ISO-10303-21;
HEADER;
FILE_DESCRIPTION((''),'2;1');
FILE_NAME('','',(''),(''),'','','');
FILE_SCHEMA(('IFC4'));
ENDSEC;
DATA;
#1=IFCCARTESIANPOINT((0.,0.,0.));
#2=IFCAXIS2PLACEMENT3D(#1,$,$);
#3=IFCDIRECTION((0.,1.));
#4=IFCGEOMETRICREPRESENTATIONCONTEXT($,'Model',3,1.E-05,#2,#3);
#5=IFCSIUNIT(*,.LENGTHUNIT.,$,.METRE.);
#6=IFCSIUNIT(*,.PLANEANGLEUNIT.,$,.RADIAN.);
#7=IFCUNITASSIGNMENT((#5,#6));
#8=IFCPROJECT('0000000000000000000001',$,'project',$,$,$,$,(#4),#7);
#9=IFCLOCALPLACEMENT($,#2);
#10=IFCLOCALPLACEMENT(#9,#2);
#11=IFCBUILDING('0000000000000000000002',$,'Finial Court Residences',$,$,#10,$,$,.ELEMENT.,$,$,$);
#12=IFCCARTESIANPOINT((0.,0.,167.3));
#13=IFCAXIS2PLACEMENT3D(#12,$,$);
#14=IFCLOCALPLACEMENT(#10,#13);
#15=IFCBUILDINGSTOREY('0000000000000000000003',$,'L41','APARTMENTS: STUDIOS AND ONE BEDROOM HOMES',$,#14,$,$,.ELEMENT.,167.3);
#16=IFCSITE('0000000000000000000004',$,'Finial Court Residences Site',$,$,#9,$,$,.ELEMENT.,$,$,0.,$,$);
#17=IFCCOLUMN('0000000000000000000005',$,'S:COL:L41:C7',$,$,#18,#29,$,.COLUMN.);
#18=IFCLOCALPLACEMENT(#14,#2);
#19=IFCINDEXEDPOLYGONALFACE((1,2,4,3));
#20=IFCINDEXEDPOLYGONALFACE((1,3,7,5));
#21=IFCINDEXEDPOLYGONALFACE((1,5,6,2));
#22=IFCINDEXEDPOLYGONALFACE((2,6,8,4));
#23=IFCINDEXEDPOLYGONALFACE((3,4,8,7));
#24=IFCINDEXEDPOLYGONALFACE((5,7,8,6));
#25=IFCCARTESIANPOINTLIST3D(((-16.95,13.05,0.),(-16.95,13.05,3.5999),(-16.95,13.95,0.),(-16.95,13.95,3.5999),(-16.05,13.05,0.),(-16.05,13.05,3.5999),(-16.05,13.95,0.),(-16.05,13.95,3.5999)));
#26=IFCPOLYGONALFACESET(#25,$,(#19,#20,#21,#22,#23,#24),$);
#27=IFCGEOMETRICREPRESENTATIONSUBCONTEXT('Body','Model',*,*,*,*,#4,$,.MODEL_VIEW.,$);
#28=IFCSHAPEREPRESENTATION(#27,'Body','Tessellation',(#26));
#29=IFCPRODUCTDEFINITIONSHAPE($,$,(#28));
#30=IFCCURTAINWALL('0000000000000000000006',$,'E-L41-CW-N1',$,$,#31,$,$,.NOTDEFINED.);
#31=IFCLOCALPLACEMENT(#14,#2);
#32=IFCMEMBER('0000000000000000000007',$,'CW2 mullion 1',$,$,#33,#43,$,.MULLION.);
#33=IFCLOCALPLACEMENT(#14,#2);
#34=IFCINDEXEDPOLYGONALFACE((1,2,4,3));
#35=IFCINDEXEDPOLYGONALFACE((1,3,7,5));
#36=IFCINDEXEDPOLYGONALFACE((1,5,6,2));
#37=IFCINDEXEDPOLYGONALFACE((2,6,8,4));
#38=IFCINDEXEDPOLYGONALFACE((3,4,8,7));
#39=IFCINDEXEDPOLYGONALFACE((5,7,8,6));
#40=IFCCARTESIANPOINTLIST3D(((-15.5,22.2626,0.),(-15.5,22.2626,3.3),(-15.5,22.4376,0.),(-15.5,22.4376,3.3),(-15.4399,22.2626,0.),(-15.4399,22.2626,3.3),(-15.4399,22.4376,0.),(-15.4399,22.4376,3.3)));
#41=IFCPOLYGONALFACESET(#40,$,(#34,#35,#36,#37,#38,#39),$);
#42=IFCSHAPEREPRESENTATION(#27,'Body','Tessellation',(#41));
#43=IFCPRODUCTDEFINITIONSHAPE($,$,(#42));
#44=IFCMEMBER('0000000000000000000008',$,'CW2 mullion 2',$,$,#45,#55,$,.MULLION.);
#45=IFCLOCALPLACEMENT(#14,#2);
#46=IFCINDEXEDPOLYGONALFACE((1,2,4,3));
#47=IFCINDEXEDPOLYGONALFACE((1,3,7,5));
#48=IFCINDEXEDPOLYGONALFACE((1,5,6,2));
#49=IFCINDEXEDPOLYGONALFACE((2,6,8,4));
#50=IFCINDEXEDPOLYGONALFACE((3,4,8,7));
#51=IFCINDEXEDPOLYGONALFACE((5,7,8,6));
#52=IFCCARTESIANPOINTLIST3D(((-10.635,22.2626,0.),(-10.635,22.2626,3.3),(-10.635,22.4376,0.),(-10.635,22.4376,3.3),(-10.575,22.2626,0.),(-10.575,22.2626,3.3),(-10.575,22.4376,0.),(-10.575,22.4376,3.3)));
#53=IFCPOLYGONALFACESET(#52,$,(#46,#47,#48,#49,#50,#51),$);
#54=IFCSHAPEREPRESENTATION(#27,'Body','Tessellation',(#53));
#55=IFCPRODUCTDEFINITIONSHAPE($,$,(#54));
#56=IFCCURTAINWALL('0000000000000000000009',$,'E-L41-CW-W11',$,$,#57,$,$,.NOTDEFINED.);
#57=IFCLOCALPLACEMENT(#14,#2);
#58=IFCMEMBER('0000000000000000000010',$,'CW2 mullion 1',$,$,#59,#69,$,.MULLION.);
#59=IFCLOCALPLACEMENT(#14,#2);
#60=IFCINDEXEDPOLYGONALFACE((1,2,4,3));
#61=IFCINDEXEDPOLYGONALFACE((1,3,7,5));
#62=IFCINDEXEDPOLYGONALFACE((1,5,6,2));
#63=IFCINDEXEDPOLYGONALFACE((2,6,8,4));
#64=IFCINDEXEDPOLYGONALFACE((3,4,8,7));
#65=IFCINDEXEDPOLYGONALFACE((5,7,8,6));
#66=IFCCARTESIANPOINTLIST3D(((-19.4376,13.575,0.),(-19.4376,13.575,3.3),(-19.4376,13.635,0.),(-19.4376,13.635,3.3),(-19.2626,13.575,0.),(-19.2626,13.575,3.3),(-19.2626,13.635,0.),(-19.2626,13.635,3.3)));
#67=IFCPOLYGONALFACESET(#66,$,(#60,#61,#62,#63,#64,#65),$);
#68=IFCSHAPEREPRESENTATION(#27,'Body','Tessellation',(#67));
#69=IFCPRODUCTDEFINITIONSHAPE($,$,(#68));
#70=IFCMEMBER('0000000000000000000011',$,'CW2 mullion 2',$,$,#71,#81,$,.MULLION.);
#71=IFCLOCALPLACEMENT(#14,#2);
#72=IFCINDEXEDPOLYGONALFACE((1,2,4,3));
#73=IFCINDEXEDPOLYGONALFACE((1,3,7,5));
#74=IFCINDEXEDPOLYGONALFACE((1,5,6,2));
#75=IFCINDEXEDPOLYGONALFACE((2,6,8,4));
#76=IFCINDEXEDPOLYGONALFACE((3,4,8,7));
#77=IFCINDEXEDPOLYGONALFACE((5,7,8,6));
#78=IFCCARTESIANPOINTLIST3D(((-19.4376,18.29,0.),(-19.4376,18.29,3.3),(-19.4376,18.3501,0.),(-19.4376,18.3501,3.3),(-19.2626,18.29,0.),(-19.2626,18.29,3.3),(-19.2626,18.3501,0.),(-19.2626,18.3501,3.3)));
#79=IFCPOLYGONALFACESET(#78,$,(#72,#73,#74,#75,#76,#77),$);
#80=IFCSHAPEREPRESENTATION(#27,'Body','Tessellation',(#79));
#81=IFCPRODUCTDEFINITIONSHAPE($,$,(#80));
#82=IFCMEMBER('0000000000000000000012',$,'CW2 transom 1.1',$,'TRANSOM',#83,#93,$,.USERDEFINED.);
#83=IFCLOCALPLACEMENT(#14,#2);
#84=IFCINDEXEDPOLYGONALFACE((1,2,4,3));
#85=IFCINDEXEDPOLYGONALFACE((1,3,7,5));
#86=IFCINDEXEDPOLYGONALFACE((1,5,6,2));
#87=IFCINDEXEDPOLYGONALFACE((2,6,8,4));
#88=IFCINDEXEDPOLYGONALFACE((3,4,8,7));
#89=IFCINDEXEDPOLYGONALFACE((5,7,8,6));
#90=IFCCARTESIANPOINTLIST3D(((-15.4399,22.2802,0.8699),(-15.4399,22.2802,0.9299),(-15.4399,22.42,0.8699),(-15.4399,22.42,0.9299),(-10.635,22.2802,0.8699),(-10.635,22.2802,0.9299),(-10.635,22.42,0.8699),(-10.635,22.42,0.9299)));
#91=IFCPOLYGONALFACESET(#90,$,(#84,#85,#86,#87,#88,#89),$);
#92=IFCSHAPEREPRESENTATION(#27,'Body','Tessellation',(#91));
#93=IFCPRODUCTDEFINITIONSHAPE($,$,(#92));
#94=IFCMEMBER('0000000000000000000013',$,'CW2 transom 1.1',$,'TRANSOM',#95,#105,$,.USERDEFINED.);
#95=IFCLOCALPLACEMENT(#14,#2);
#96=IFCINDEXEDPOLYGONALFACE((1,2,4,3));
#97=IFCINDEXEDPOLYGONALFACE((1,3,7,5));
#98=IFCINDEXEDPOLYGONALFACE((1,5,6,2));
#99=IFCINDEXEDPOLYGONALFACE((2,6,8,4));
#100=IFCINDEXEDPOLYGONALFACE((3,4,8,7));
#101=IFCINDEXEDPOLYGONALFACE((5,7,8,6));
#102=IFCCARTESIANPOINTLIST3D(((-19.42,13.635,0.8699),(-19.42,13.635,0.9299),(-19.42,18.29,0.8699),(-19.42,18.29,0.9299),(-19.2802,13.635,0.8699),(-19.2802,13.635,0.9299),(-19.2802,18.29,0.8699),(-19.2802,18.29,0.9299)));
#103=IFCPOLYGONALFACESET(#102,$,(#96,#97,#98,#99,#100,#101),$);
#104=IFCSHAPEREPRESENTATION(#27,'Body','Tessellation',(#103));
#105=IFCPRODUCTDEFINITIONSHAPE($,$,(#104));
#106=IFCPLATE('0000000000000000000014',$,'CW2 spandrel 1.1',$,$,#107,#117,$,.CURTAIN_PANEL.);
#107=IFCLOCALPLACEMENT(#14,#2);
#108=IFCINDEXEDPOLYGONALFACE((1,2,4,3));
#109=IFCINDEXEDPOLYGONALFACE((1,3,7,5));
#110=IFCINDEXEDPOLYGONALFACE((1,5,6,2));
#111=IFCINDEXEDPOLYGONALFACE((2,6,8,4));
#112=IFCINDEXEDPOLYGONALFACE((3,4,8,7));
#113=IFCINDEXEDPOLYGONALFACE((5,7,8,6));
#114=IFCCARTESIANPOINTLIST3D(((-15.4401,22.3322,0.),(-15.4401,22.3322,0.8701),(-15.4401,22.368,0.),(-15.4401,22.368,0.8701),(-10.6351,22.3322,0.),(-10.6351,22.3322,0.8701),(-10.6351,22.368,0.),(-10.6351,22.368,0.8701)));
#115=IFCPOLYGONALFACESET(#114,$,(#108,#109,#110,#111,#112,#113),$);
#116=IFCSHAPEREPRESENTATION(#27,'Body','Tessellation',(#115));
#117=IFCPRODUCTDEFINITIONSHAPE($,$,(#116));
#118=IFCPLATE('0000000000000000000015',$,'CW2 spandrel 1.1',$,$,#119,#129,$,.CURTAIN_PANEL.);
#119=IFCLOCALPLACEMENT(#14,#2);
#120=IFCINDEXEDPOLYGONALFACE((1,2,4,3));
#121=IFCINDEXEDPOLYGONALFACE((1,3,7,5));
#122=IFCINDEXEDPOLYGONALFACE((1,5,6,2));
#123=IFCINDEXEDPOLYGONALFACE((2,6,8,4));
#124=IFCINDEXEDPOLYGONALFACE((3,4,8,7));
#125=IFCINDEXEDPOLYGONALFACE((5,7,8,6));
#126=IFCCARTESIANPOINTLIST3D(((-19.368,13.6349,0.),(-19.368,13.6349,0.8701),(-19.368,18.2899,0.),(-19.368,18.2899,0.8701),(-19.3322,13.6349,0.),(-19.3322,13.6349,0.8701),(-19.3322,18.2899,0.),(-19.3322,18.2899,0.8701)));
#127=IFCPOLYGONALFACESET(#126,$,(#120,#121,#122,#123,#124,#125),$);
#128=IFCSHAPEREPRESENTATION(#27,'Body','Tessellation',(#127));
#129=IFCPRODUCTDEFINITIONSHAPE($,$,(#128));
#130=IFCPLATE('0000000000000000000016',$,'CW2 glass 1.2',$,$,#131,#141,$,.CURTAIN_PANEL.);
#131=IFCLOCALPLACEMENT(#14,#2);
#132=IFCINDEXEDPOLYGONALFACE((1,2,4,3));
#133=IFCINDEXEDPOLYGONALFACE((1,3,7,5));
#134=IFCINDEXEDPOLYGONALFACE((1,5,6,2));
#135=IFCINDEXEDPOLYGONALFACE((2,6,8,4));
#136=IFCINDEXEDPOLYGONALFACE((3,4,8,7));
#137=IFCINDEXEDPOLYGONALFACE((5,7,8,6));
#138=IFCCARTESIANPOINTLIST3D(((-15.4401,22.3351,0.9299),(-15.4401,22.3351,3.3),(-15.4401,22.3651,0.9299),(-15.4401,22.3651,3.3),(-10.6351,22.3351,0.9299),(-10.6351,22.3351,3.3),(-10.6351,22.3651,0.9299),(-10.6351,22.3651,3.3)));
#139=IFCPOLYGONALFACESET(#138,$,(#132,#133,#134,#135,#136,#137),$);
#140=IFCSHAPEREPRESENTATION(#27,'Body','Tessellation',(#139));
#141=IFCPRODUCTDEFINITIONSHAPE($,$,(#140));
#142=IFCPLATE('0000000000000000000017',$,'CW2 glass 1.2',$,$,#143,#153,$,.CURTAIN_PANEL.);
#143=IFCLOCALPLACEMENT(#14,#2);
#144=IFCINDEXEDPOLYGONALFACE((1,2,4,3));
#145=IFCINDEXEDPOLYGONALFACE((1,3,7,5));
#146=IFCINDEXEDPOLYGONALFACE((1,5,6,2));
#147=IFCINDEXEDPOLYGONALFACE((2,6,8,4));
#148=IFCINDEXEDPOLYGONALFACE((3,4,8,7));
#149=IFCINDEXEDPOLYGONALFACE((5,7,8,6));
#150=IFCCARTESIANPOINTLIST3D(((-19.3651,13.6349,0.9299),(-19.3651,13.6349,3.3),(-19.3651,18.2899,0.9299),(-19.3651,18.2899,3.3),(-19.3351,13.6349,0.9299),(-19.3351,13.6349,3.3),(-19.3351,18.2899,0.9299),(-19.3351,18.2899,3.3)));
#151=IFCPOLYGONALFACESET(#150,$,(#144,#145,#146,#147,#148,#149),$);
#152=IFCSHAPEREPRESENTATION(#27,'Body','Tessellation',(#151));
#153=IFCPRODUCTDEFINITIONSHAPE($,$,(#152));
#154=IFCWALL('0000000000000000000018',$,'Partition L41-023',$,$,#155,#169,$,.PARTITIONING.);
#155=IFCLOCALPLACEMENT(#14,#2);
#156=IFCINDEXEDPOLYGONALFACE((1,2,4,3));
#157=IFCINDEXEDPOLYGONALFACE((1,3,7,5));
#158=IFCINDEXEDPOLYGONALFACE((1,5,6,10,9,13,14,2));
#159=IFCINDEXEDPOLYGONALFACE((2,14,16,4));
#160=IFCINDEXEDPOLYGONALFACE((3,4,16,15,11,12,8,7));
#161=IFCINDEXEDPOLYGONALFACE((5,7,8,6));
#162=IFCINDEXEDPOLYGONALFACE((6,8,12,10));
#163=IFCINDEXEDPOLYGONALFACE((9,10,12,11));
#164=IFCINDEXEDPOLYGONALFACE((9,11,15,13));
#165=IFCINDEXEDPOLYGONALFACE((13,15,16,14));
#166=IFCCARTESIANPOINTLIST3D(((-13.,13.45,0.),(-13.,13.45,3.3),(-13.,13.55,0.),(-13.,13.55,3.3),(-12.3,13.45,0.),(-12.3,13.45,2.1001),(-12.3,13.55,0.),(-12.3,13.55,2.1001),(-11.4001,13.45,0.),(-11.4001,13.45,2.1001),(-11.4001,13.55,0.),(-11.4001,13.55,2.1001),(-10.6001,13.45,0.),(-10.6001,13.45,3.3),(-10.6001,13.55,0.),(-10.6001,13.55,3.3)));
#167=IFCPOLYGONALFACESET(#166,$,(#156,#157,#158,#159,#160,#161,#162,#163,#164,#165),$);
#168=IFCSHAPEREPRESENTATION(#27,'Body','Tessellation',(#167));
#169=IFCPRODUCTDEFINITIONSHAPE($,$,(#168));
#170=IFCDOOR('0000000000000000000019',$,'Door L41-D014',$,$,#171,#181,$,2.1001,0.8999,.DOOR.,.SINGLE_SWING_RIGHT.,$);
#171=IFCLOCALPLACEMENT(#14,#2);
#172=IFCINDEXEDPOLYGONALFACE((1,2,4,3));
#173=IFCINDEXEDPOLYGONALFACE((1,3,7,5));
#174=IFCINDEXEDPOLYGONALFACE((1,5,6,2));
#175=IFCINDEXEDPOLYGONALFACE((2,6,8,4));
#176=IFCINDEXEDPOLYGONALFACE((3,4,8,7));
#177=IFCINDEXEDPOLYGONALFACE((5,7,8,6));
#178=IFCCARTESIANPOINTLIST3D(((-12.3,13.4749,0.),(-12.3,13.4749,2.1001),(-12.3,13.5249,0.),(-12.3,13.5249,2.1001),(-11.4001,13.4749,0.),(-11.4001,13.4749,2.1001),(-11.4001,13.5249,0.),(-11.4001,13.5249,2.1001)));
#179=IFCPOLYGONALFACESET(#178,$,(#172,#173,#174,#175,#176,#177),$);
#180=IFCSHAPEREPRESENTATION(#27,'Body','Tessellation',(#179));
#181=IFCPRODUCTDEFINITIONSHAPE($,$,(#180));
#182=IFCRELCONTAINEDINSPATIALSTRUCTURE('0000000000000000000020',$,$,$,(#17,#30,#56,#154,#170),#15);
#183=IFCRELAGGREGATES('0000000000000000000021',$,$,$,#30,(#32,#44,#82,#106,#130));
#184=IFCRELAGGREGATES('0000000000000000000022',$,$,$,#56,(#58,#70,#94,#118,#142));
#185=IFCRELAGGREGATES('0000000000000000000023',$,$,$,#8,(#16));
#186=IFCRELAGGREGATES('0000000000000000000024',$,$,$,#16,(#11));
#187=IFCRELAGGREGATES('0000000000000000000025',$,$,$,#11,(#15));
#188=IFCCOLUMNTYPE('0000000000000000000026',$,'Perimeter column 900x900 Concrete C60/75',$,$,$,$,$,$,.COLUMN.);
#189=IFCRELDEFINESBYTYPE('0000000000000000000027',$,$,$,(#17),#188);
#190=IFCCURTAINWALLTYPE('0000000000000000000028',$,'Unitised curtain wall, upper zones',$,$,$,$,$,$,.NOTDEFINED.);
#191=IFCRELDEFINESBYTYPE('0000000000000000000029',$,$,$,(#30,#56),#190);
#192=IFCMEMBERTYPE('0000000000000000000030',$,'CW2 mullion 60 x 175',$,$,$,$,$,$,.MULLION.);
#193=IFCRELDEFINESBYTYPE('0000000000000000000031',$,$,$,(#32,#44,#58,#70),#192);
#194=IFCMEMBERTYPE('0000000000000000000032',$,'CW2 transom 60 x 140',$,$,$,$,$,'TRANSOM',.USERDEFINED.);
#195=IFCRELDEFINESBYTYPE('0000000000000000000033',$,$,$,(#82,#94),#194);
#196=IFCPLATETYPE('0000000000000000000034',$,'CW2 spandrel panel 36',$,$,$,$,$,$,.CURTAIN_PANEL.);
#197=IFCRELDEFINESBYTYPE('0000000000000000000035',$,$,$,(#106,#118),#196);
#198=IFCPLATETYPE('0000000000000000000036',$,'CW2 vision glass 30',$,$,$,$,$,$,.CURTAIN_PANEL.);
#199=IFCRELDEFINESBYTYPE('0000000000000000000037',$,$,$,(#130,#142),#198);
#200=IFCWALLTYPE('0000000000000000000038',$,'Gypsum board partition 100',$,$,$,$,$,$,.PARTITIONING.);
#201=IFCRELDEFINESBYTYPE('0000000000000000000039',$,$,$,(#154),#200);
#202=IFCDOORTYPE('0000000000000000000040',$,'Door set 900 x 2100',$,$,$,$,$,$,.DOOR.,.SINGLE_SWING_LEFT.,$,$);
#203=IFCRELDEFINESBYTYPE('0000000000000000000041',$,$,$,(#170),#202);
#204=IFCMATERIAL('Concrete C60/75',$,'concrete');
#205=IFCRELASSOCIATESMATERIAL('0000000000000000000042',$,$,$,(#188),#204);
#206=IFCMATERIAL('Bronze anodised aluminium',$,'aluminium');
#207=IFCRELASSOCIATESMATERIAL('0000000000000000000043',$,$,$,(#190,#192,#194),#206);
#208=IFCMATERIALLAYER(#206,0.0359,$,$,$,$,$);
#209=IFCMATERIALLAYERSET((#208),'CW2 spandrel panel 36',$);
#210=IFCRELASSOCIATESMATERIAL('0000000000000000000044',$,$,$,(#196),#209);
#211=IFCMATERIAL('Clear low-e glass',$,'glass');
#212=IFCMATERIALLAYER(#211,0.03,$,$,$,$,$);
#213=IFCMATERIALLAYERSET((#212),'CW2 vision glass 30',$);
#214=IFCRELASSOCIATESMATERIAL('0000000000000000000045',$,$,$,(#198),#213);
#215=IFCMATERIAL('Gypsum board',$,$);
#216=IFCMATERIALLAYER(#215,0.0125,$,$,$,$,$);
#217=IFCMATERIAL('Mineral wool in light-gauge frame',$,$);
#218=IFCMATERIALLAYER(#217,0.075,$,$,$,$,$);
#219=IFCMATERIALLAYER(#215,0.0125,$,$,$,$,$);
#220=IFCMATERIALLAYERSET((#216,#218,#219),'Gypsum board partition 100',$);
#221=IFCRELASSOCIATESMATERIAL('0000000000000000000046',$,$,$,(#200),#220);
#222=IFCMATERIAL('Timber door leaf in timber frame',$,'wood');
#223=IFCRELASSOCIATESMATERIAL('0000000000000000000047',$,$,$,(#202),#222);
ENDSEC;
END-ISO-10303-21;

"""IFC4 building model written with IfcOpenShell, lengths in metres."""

from ifc_helpers import new_model, si_unit, direction, frame, frame_2d, origin, origin_2d, place, context, subcontext, project, spatial, rectangle, extrude, material, layer, layer_set, material_profile, profile_set, type_object, element, fill, aggregate, save


model = new_model("IFC4")

# Units and contexts
model_context = context("Model", 3, precision=1e-05, world=origin(), true_north=direction((0.0, 1.0)))
body_context = subcontext(model_context, "Body", "Model", "MODEL_VIEW")
ifc_project = project(units=[si_unit("LENGTHUNIT", "METRE"), si_unit("PLANEANGLEUNIT", "RADIAN")], contexts=[model_context])

# Site, building, storey
site_placement = place(None, origin())
site = spatial("IfcSite", under=ifc_project, at=site_placement, Name="Finial Court Residences Site", CompositionType="ELEMENT", RefElevation=0.0)
building_placement = place(site_placement, origin())
building = spatial("IfcBuilding", under=site, at=building_placement, Name="Finial Court Residences", CompositionType="ELEMENT")
storey_placement = place(building_placement, frame((0.0, 0.0, 167.3)))
storey = spatial("IfcBuildingStorey", under=building, at=storey_placement, Name="L41", Description="APARTMENTS: STUDIOS AND ONE BEDROOM HOMES", CompositionType="ELEMENT", Elevation=167.3)

# Column
ifc_material_1 = material(Name="Concrete C60/75", Category="concrete")
ifc_material_profile_1 = material_profile(ifc_material_1, rectangle(XDim=0.8999, YDim=0.8999, at=origin_2d()), Name="900x900")
ifc_profile_set_1 = profile_set([ifc_material_profile_1], Name="Concrete C60/75")
column_type = type_object("IfcColumnType", Name="Perimeter column 900x900 Concrete C60/75", PredefinedType="COLUMN", material=ifc_profile_set_1)
column_placement = place(storey_placement, frame((-16.5, 13.5, 0.0), z_axis=(0.0, 0.0, 1.0), x_axis=(1.0, 0.0, 0.0)))
element("IfcColumn", 1, at=column_placement, inside=storey, type_object=column_type, Name="S:COL:L41:C7", PredefinedType="COLUMN", context=body_context, shape_type="SweptSolid", body=[
    extrude(rectangle(XDim=0.8999, YDim=0.8999, at=origin_2d()), origin(), (0.0, 0.0, 1.0), 3.5999),
])

# Curtain walls, members
ifc_material_2 = material(Name="Bronze anodised aluminium", Category="aluminium")
curtain_wall_type = type_object("IfcCurtainWallType", Name="Unitised curtain wall, upper zones", PredefinedType="NOTDEFINED", material=ifc_material_2)
curtain_wall_1_placement = place(storey_placement, origin())
curtain_wall_1 = element("IfcCurtainWall", 2, at=curtain_wall_1_placement, inside=storey, type_object=curtain_wall_type, Name="E-L41-CW-N1", PredefinedType="NOTDEFINED")
ifc_material_profile_2 = material_profile(ifc_material_2, rectangle(XDim=0.175, YDim=0.0601, at=origin_2d()), Name="CW2 mullion 60 x 175")
ifc_profile_set_2 = profile_set([ifc_material_profile_2], Name="Bronze anodised aluminium")
member_type_1 = type_object("IfcMemberType", Name="CW2 mullion 60 x 175", PredefinedType="MULLION", material=ifc_profile_set_2)
member_1_placement = place(storey_placement, frame((-15.47, 22.3501, 0.0), z_axis=(0.0, 0.0, 1.0), x_axis=(0.0, 1.0, 0.0)))
member_1 = element("IfcMember", 3, at=member_1_placement, type_object=member_type_1, Name="CW2 mullion 1", PredefinedType="MULLION", context=body_context, shape_type="SweptSolid", body=[
    extrude(rectangle(XDim=0.175, YDim=0.0601, at=origin_2d()), origin(), (0.0, 0.0, 1.0), 3.3),
])
member_2_placement = place(storey_placement, frame((-10.605, 22.3501, 0.0), z_axis=(0.0, 0.0, 1.0), x_axis=(0.0, 1.0, 0.0)))
member_2 = element("IfcMember", 4, at=member_2_placement, type_object=member_type_1, Name="CW2 mullion 2", PredefinedType="MULLION", context=body_context, shape_type="SweptSolid", body=[
    extrude(rectangle(XDim=0.175, YDim=0.0601, at=origin_2d()), origin(), (0.0, 0.0, 1.0), 3.3),
])
curtain_wall_2_placement = place(storey_placement, origin())
curtain_wall_2 = element("IfcCurtainWall", 5, at=curtain_wall_2_placement, inside=storey, type_object=curtain_wall_type, Name="E-L41-CW-W11", PredefinedType="NOTDEFINED")
member_3_placement = place(storey_placement, frame((-19.3501, 13.605, 0.0), z_axis=(0.0, 0.0, 1.0), x_axis=(-1.0, 0.0, 0.0)))
member_3 = element("IfcMember", 6, at=member_3_placement, type_object=member_type_1, Name="CW2 mullion 1", PredefinedType="MULLION", context=body_context, shape_type="SweptSolid", body=[
    extrude(rectangle(XDim=0.175, YDim=0.0601, at=origin_2d()), origin(), (0.0, 0.0, 1.0), 3.3),
])
member_4_placement = place(storey_placement, frame((-19.3501, 18.3201, 0.0), z_axis=(0.0, 0.0, 1.0), x_axis=(-1.0, 0.0, 0.0)))
member_4 = element("IfcMember", 7, at=member_4_placement, type_object=member_type_1, Name="CW2 mullion 2", PredefinedType="MULLION", context=body_context, shape_type="SweptSolid", body=[
    extrude(rectangle(XDim=0.175, YDim=0.0601, at=origin_2d()), origin(), (0.0, 0.0, 1.0), 3.3),
])

# Members
ifc_material_profile_3 = material_profile(ifc_material_2, rectangle(XDim=0.1399, YDim=0.0601, at=origin_2d()), Name="CW2 transom 60 x 140")
ifc_profile_set_3 = profile_set([ifc_material_profile_3], Name="Bronze anodised aluminium")
member_type_2 = type_object("IfcMemberType", Name="CW2 transom 60 x 140", ElementType="TRANSOM", PredefinedType="USERDEFINED", material=ifc_profile_set_3)
member_5_placement = place(storey_placement, frame((-15.4399, 22.3501, 0.8999), z_axis=(1.0, 0.0, 0.0), x_axis=(0.0, 1.0, 0.0)))
member_5 = element("IfcMember", 8, at=member_5_placement, type_object=member_type_2, Name="CW2 transom 1.1", ObjectType="TRANSOM", PredefinedType="USERDEFINED", context=body_context, shape_type="SweptSolid", body=[
    extrude(rectangle(XDim=0.1399, YDim=0.0601, at=origin_2d()), origin(), (0.0, 0.0, 1.0), 4.8049),
])
member_6_placement = place(storey_placement, frame((-19.3501, 13.635, 0.8999), z_axis=(0.0, 1.0, 0.0), x_axis=(-1.0, 0.0, 0.0)))
member_6 = element("IfcMember", 9, at=member_6_placement, type_object=member_type_2, Name="CW2 transom 1.1", ObjectType="TRANSOM", PredefinedType="USERDEFINED", context=body_context, shape_type="SweptSolid", body=[
    extrude(rectangle(XDim=0.1399, YDim=0.0601, at=origin_2d()), origin(), (0.0, 0.0, 1.0), 4.655),
])

# Plates
ifc_layer_1 = layer(ifc_material_2, 0.0359)
ifc_layer_set_1 = layer_set([ifc_layer_1], Name="CW2 spandrel panel 36")
plate_type_1 = type_object("IfcPlateType", Name="CW2 spandrel panel 36", PredefinedType="CURTAIN_PANEL", material=ifc_layer_set_1)
plate_1_placement = place(storey_placement, frame((-13.0376, 22.3501, 0.0), z_axis=(0.0, 0.0, 1.0), x_axis=(1.0, 0.0, 0.0)))
plate_1 = element("IfcPlate", 10, at=plate_1_placement, type_object=plate_type_1, Name="CW2 spandrel 1.1", PredefinedType="CURTAIN_PANEL", context=body_context, shape_type="SweptSolid", body=[
    extrude(rectangle(XDim=4.8049, YDim=0.0359, at=origin_2d()), origin(), (0.0, 0.0, 1.0), 0.8701),
])
plate_2_placement = place(storey_placement, frame((-19.3501, 15.9624, 0.0), z_axis=(0.0, 0.0, 1.0), x_axis=(0.0, 1.0, 0.0)))
plate_2 = element("IfcPlate", 11, at=plate_2_placement, type_object=plate_type_1, Name="CW2 spandrel 1.1", PredefinedType="CURTAIN_PANEL", context=body_context, shape_type="SweptSolid", body=[
    extrude(rectangle(XDim=4.655, YDim=0.0359, at=origin_2d()), origin(), (0.0, 0.0, 1.0), 0.8701),
])
ifc_material_3 = material(Name="Clear low-e glass", Category="glass")
ifc_layer_2 = layer(ifc_material_3, 0.03)
ifc_layer_set_2 = layer_set([ifc_layer_2], Name="CW2 vision glass 30")
plate_type_2 = type_object("IfcPlateType", Name="CW2 vision glass 30", PredefinedType="CURTAIN_PANEL", material=ifc_layer_set_2)
plate_3_placement = place(storey_placement, frame((-13.0376, 22.3501, 0.9299), z_axis=(0.0, 0.0, 1.0), x_axis=(1.0, 0.0, 0.0)))
plate_3 = element("IfcPlate", 12, at=plate_3_placement, type_object=plate_type_2, Name="CW2 glass 1.2", PredefinedType="CURTAIN_PANEL", context=body_context, shape_type="SweptSolid", body=[
    extrude(rectangle(XDim=4.8049, YDim=0.03, at=origin_2d()), origin(), (0.0, 0.0, 1.0), 2.3701),
])
aggregate(curtain_wall_1, [member_1, member_2, member_5, plate_1, plate_3])
plate_4_placement = place(storey_placement, frame((-19.3501, 15.9624, 0.9299), z_axis=(0.0, 0.0, 1.0), x_axis=(0.0, 1.0, 0.0)))
plate_4 = element("IfcPlate", 13, at=plate_4_placement, type_object=plate_type_2, Name="CW2 glass 1.2", PredefinedType="CURTAIN_PANEL", context=body_context, shape_type="SweptSolid", body=[
    extrude(rectangle(XDim=4.655, YDim=0.03, at=origin_2d()), origin(), (0.0, 0.0, 1.0), 2.3701),
])
aggregate(curtain_wall_2, [member_3, member_4, member_6, plate_2, plate_4])

# Wall, opening, door
ifc_material_4 = material(Name="Gypsum board")
ifc_layer_3 = layer(ifc_material_4, 0.0125)
ifc_material_5 = material(Name="Mineral wool in light-gauge frame")
ifc_layer_4 = layer(ifc_material_5, 0.075)
ifc_layer_5 = layer(ifc_material_4, 0.0125)
ifc_layer_set_3 = layer_set([ifc_layer_3, ifc_layer_4, ifc_layer_5], Name="Gypsum board partition 100")
wall_type_1 = type_object("IfcWallType", Name="Gypsum board partition 100", PredefinedType="PARTITIONING", material=ifc_layer_set_3)
wall_1_placement = place(storey_placement, frame((-13.0, 13.5, 0.0), z_axis=(0.0, 0.0, 1.0), x_axis=(1.0, 0.0, 0.0)))
wall_1 = element("IfcWall", 14, at=wall_1_placement, inside=storey, type_object=wall_type_1, Name="Partition L41-023", PredefinedType="PARTITIONING", context=body_context, shape_type="SweptSolid", body=[
    extrude(rectangle(XDim=2.3999, YDim=0.1001, at=frame_2d((1.2, 0.0))), origin(), (0.0, 0.0, 1.0), 3.3),
])
opening_1_placement = place(wall_1_placement, frame((0.7, 0.0, 0.0)))
opening_1 = element("IfcOpeningElement", 15, at=opening_1_placement, cuts=wall_1, PredefinedType="OPENING", context=body_context, shape_type="SweptSolid", body=[
    extrude(rectangle(XDim=0.8999, YDim=2.1001, at=frame_2d((0.45, 1.05))), frame((0.0, 0.0601, 0.0), z_axis=(0.0, -1.0, 0.0), x_axis=(1.0, 0.0, 0.0)), (0.0, 0.0, 1.0), 0.1201),
])
ifc_material_6 = material(Name="Timber door leaf in timber frame", Category="wood")
door_type = type_object("IfcDoorType", Name="Door set 900 x 2100", OperationType="SINGLE_SWING_LEFT", PredefinedType="DOOR", material=ifc_material_6)
door_placement = place(opening_1_placement, origin())
door = element("IfcDoor", 16, at=door_placement, inside=storey, type_object=door_type, Name="Door L41-D014", OperationType="SINGLE_SWING_RIGHT", OverallHeight=2.1001, OverallWidth=0.8999, PredefinedType="DOOR", context=body_context, shape_type="SweptSolid", body=[
    extrude(rectangle(XDim=0.8999, YDim=2.1001, at=frame_2d((0.45, 1.05))), frame((0.0, 0.0249, 0.0), z_axis=(0.0, -1.0, 0.0), x_axis=(1.0, 0.0, 0.0)), (0.0, 0.0, 1.0), 0.05),
])
fill(opening_1, door)

save(model, "model.ifc")
